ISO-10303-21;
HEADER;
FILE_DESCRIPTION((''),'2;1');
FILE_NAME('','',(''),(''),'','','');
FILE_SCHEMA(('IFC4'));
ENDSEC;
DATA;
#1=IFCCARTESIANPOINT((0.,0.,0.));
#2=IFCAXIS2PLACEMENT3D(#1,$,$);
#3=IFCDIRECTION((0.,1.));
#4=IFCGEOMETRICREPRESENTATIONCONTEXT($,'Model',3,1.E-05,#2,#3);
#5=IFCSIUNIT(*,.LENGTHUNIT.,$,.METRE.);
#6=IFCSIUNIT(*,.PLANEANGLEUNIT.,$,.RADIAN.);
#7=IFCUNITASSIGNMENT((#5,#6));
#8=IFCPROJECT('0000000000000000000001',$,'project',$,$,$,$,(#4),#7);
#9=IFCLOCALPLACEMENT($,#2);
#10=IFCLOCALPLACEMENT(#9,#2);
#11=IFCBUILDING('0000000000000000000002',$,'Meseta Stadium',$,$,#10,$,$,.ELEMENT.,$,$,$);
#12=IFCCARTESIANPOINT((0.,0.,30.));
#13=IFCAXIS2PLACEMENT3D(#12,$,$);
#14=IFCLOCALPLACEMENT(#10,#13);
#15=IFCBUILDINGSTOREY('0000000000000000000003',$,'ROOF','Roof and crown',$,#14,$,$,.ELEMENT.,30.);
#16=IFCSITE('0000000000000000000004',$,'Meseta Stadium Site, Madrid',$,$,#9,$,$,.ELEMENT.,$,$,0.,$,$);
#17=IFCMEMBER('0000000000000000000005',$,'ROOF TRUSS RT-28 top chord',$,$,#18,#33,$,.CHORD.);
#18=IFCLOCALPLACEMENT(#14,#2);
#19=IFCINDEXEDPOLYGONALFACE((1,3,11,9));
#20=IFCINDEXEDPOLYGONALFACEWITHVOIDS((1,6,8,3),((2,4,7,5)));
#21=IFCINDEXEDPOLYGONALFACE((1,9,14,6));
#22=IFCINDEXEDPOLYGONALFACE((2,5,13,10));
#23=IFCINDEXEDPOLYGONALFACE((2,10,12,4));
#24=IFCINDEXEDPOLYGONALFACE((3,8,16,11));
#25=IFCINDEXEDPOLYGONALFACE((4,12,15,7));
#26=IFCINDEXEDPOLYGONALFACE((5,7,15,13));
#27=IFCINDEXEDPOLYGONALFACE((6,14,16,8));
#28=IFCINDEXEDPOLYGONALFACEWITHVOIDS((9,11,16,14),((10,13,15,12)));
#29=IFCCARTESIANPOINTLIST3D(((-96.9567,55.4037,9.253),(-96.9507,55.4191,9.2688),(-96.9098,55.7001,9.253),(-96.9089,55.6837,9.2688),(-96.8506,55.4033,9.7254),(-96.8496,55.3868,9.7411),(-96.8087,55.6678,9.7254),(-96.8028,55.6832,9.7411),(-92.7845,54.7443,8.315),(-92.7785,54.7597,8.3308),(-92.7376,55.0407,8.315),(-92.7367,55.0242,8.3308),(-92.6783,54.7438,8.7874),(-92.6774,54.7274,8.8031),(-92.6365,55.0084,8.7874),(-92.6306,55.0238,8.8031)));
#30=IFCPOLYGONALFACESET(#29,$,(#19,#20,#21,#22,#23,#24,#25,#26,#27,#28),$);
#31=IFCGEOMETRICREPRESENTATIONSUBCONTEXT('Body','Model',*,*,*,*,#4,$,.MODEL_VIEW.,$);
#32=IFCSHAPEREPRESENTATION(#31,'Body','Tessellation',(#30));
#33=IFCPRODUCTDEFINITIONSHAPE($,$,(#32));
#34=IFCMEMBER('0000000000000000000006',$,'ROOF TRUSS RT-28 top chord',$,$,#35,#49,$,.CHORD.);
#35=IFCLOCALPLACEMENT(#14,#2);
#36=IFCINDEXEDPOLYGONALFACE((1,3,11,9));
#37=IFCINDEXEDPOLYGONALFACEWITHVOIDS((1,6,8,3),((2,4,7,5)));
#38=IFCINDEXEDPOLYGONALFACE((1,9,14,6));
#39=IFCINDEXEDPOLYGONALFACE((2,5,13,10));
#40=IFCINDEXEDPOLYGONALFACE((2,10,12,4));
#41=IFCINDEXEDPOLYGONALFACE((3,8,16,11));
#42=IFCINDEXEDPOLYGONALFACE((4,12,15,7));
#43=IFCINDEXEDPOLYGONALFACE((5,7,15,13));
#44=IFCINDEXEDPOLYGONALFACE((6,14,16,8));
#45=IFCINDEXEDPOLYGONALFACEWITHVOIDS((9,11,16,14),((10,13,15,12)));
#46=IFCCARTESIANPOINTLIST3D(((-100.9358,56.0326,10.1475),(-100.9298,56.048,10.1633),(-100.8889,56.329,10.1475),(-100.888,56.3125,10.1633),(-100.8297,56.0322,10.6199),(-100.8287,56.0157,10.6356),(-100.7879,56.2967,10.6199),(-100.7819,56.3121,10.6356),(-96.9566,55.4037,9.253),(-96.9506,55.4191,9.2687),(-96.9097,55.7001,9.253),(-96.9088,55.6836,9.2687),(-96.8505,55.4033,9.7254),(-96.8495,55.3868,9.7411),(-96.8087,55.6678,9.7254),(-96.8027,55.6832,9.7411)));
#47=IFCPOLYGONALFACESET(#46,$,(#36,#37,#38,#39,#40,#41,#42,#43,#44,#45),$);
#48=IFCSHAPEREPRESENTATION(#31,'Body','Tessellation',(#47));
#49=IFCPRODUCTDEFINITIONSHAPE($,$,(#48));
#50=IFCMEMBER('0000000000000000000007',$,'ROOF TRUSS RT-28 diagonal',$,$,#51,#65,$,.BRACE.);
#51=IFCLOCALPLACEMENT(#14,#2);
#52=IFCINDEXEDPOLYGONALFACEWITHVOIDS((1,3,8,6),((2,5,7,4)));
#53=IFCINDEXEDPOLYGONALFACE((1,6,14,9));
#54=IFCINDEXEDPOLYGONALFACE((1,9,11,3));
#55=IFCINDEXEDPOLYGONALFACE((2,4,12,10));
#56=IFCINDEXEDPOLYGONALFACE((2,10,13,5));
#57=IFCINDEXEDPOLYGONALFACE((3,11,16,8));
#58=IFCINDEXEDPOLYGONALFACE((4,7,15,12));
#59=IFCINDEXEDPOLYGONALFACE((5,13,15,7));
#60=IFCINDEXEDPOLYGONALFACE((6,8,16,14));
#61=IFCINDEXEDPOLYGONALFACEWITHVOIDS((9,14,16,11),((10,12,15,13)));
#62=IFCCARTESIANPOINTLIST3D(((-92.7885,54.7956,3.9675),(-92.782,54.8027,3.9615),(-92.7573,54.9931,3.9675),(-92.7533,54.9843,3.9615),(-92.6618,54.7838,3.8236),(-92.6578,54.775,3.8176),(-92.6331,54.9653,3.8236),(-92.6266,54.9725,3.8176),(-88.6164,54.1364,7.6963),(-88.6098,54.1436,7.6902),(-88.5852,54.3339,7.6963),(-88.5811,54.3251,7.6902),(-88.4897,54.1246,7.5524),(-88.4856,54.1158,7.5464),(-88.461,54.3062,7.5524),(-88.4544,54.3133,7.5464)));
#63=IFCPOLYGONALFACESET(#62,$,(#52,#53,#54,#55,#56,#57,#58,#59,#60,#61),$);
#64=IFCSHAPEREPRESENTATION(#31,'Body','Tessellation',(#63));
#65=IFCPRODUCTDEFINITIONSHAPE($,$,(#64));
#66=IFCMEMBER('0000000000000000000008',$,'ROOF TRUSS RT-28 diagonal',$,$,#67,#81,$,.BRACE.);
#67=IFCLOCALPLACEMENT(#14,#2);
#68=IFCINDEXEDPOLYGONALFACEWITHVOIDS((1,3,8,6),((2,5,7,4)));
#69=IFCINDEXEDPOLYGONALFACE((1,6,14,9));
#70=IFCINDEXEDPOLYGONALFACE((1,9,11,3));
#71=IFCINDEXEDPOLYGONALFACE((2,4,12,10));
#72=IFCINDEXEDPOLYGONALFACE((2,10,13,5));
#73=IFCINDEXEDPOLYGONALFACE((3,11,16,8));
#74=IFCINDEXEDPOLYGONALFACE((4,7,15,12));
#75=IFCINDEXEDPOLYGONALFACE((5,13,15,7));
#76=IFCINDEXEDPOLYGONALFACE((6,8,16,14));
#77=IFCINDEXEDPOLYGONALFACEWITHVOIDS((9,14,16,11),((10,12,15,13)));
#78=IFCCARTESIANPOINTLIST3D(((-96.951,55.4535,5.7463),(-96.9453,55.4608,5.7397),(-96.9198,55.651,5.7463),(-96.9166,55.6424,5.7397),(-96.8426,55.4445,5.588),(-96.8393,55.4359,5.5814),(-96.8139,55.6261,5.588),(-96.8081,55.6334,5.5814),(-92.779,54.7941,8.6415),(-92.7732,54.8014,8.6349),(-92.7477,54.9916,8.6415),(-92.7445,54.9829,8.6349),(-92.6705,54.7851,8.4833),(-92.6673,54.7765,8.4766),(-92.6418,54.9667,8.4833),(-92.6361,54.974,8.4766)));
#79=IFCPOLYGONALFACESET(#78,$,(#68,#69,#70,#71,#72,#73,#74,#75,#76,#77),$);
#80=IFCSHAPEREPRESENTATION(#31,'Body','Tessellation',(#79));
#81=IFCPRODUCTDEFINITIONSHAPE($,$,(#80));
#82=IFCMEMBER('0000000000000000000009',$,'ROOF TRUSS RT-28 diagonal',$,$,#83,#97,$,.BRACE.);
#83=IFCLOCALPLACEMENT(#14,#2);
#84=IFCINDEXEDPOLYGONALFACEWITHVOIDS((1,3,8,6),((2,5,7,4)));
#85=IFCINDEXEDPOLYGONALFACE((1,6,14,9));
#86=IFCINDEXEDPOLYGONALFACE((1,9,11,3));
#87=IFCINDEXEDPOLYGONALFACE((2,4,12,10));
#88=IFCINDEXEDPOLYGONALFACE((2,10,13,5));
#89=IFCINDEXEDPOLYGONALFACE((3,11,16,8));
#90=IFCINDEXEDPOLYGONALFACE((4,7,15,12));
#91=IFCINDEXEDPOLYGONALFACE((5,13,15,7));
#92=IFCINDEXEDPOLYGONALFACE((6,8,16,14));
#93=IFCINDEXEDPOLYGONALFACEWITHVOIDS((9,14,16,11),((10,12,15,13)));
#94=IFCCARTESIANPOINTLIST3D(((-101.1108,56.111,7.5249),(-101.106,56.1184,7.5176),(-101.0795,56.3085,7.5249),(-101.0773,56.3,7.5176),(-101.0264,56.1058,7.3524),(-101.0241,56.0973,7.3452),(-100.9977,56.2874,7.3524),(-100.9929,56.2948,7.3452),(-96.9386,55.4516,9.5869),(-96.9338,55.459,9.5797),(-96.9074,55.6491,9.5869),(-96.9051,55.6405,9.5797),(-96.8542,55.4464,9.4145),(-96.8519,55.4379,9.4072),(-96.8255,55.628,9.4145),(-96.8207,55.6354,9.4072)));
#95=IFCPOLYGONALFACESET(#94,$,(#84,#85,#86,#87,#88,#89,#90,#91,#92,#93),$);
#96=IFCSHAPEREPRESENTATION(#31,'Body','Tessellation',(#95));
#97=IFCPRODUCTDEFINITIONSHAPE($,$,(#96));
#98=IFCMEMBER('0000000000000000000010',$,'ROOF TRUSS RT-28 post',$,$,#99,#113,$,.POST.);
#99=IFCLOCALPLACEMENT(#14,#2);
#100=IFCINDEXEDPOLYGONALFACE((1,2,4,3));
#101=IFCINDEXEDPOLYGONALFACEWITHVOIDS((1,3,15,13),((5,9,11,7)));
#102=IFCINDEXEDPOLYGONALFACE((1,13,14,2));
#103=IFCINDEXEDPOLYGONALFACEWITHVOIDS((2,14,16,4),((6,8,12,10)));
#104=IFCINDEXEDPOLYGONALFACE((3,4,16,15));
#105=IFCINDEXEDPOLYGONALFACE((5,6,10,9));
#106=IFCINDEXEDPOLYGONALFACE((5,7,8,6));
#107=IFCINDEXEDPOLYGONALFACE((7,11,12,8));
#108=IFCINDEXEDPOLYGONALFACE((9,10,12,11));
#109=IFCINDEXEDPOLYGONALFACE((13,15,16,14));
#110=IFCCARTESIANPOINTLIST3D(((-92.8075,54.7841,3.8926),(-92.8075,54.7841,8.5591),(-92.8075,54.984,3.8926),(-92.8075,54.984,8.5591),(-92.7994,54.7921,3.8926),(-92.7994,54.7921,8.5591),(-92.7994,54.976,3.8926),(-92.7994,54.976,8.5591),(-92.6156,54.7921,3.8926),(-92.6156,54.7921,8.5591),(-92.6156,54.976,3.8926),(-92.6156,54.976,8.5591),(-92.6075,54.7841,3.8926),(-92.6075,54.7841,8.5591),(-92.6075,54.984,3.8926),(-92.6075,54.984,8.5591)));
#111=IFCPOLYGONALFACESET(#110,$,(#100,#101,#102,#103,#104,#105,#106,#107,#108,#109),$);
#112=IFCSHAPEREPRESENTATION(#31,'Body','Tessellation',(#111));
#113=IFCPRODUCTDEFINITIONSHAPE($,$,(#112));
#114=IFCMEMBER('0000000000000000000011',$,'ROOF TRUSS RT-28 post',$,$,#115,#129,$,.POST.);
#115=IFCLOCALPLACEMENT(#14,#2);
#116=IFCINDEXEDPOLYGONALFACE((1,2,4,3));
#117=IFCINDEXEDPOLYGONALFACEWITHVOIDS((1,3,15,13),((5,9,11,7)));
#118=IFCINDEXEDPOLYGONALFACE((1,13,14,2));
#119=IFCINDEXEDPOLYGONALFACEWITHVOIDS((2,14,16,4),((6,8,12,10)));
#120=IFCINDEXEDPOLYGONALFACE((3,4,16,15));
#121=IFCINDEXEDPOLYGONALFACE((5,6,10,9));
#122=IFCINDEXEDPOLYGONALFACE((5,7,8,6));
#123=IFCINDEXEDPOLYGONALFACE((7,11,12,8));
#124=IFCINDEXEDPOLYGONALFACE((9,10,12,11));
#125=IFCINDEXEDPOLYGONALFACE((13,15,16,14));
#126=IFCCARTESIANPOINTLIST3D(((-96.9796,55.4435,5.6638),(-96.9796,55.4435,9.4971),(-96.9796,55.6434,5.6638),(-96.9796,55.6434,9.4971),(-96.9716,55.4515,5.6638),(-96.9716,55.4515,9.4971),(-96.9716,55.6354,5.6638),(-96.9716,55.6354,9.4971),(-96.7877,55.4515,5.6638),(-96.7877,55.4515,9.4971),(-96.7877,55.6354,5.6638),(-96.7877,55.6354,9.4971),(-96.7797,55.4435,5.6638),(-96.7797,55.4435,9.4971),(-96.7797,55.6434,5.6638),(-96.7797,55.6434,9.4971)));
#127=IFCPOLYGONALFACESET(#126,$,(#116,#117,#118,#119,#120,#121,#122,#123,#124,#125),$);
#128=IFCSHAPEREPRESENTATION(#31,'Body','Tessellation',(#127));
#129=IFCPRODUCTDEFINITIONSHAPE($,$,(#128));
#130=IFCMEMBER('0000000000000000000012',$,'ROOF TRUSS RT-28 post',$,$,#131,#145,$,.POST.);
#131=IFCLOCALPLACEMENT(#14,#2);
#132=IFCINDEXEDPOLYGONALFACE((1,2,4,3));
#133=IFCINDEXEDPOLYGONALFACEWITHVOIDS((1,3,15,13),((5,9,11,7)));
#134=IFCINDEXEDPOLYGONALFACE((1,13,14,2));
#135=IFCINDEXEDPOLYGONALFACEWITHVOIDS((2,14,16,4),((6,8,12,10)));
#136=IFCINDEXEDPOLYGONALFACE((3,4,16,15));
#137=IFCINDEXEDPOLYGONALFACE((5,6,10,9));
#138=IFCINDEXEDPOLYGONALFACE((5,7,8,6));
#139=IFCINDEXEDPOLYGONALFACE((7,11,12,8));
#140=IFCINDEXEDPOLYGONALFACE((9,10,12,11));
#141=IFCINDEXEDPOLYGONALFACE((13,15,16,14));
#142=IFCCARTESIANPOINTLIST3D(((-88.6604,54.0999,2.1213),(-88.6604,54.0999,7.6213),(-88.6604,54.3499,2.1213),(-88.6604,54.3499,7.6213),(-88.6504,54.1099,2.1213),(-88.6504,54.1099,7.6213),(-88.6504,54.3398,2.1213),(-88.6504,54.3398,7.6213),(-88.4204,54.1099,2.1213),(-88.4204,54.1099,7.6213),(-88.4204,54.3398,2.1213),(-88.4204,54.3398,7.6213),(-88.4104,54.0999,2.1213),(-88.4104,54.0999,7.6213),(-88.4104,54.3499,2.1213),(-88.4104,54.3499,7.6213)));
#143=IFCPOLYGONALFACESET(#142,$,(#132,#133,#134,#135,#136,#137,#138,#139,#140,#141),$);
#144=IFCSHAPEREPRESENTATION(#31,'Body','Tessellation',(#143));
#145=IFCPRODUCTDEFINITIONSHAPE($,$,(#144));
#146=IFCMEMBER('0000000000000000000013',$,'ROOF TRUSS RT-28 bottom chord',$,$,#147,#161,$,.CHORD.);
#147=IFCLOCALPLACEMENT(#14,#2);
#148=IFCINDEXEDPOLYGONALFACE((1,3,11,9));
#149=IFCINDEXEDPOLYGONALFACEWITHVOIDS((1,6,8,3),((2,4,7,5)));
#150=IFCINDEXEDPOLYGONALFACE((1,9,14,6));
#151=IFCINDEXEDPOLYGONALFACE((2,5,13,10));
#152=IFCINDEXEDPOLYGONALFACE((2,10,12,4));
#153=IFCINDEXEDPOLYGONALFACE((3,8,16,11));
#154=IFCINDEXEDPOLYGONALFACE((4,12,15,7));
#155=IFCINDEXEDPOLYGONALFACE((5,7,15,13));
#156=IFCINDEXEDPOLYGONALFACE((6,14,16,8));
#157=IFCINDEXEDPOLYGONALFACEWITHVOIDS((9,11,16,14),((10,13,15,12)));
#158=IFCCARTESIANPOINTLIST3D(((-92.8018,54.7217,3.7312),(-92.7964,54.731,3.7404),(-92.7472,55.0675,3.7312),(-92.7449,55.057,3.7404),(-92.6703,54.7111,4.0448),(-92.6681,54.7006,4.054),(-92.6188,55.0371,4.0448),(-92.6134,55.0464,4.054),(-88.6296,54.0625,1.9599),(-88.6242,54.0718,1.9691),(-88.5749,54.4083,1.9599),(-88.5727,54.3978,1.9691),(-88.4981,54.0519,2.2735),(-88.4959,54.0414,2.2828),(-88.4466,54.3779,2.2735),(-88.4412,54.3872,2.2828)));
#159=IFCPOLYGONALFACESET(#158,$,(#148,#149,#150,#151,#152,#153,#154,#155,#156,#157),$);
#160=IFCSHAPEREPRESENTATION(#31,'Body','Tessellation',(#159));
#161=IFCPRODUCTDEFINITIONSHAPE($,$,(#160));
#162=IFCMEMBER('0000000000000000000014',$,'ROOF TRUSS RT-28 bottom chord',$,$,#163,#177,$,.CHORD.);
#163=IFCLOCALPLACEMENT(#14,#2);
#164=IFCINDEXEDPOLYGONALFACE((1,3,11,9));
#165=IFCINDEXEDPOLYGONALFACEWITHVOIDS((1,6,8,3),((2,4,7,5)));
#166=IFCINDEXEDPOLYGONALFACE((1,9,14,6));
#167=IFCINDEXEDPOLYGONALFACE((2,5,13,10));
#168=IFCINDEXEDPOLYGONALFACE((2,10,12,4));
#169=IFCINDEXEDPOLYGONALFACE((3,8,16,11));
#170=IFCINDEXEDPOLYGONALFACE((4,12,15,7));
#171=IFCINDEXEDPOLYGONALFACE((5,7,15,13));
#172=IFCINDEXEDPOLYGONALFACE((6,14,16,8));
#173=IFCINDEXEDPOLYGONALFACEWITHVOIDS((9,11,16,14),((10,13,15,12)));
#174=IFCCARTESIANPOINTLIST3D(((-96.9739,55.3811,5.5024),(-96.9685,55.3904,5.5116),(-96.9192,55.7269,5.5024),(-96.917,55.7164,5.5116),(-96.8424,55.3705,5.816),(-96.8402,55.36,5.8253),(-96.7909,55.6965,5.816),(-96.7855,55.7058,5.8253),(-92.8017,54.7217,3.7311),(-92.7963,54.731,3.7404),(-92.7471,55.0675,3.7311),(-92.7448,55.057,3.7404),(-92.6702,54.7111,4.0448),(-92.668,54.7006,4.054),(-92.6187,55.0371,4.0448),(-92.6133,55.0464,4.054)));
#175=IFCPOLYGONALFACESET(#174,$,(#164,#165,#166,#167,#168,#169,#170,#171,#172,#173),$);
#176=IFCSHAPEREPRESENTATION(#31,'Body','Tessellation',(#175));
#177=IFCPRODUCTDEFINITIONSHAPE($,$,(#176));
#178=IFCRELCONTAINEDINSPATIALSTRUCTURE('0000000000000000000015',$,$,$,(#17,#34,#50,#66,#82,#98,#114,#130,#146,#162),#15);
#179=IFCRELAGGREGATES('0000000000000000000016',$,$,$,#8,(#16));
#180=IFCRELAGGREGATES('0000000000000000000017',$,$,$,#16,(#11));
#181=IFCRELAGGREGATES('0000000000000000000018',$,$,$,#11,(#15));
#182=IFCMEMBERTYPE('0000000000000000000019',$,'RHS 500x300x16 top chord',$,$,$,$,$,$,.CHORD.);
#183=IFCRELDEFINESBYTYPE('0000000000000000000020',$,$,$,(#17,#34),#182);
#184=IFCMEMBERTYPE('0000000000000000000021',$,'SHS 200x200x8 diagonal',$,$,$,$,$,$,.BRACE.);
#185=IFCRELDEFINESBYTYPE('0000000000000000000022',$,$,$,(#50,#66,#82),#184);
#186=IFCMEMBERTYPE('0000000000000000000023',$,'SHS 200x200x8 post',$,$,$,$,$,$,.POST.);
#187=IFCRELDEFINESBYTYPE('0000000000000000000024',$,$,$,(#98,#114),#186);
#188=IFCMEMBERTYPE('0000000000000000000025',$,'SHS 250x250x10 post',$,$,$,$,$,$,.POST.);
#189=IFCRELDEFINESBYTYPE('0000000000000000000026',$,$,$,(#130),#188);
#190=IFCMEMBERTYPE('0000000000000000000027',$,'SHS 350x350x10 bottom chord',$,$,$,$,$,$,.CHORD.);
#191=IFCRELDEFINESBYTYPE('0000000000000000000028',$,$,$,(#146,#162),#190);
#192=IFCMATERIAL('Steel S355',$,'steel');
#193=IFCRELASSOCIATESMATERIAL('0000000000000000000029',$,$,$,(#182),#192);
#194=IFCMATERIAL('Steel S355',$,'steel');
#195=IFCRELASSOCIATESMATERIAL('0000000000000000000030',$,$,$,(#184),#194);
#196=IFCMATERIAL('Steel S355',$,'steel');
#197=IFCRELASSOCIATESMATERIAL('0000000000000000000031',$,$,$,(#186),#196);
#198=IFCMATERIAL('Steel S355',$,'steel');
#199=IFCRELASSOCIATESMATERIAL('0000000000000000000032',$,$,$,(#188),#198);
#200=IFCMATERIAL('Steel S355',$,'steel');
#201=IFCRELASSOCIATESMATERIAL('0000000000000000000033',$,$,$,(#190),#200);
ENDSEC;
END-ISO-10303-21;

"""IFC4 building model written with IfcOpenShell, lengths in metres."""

from ifc_helpers import new_model, si_unit, direction, frame, origin, origin_2d, place, context, subcontext, project, spatial, hollow_rectangle, extrude, material, material_profile, profile_set, type_object, element, save


model = new_model("IFC4")

# Units and contexts
model_context = context("Model", 3, precision=1e-05, world=origin(), true_north=direction((0.0, 1.0)))
body_context = subcontext(model_context, "Body", "Model", "MODEL_VIEW")
ifc_project = project(units=[si_unit("LENGTHUNIT", "METRE"), si_unit("PLANEANGLEUNIT", "RADIAN")], contexts=[model_context])

# Site, building, storey
site_placement = place(None, origin())
site = spatial("IfcSite", under=ifc_project, at=site_placement, Name="Meseta Stadium Site, Madrid", CompositionType="ELEMENT", RefElevation=0.0)
building_placement = place(site_placement, origin())
building = spatial("IfcBuilding", under=site, at=building_placement, Name="Meseta Stadium", CompositionType="ELEMENT")
storey_placement = place(building_placement, frame((0.0, 0.0, 30.0)))
storey = spatial("IfcBuildingStorey", under=building, at=storey_placement, Name="ROOF", Description="Roof and crown", CompositionType="ELEMENT", Elevation=30.0)

# Members
ifc_material_1 = material(Name="Steel S355", Category="steel")
ifc_material_profile_1 = material_profile(ifc_material_1, hollow_rectangle(XDim=0.3, YDim=0.5, WallThickness=0.0161, at=origin_2d()), Name="RHS 500x300x16")
ifc_profile_set_1 = profile_set([ifc_material_profile_1], Name="Steel S355")
member_type_1 = type_object("IfcMemberType", Name="RHS 500x300x16 top chord", PredefinedType="CHORD", material=ifc_profile_set_1)
member_1_placement = place(storey_placement, frame((-92.7075, 54.884, 8.5591), z_axis=(-0.964249, 0.152404, 0.216785), x_axis=(-0.156117, -0.987739, 0.0)))
element("IfcMember", 1, at=member_1_placement, inside=storey, type_object=member_type_1, Name="ROOF TRUSS RT-28 top chord", PredefinedType="CHORD", context=body_context, shape_type="SweptSolid", body=[
    extrude(hollow_rectangle(XDim=0.3, YDim=0.5, WallThickness=0.0161, at=origin_2d()), origin(), (0.0, 0.0, 1.0), 4.3269),
])
member_2_placement = place(storey_placement, frame((-96.8796, 55.5435, 9.4971), z_axis=(-0.964255, 0.152397, 0.216764), x_axis=(-0.156109, -0.98774, 0.0)))
element("IfcMember", 2, at=member_2_placement, inside=storey, type_object=member_type_1, Name="ROOF TRUSS RT-28 top chord", PredefinedType="CHORD", context=body_context, shape_type="SweptSolid", body=[
    extrude(hollow_rectangle(XDim=0.3, YDim=0.5, WallThickness=0.0161, at=origin_2d()), origin(), (0.0, 0.0, 1.0), 4.1267),
])
ifc_material_2 = material(Name="Steel S355", Category="steel")
ifc_material_profile_2 = material_profile(ifc_material_2, hollow_rectangle(XDim=0.2, YDim=0.2, WallThickness=0.0081, at=origin_2d()), Name="SHS 200x200x8")
ifc_profile_set_2 = profile_set([ifc_material_profile_2], Name="Steel S355")
member_type_2 = type_object("IfcMemberType", Name="SHS 200x200x8 diagonal", PredefinedType="BRACE", material=ifc_profile_set_2)
member_3_placement = place(storey_placement, frame((-88.5354, 54.2249, 7.6213), z_axis=(-0.740493, 0.116995, -0.661803), x_axis=(-0.156061, -0.987747, 0.0)))
element("IfcMember", 3, at=member_3_placement, inside=storey, type_object=member_type_2, Name="ROOF TRUSS RT-28 diagonal", PredefinedType="BRACE", context=body_context, shape_type="SweptSolid", body=[
    extrude(hollow_rectangle(XDim=0.2, YDim=0.2, WallThickness=0.0081, at=origin_2d()), origin(), (0.0, 0.0, 1.0), 5.6343),
])
member_4_placement = place(storey_placement, frame((-92.7075, 54.884, 8.5591), z_axis=(-0.814718, 0.12877, -0.565378), x_axis=(-0.156117, -0.987739, 0.0)))
element("IfcMember", 4, at=member_4_placement, inside=storey, type_object=member_type_2, Name="ROOF TRUSS RT-28 diagonal", PredefinedType="BRACE", context=body_context, shape_type="SweptSolid", body=[
    extrude(hollow_rectangle(XDim=0.2, YDim=0.2, WallThickness=0.0081, at=origin_2d()), origin(), (0.0, 0.0, 1.0), 5.1208),
])
member_5_placement = place(storey_placement, frame((-96.8796, 55.5435, 9.4971), z_axis=(-0.887618, 0.140292, -0.438693), x_axis=(-0.156117, -0.987739, 0.0)))
element("IfcMember", 5, at=member_5_placement, inside=storey, type_object=member_type_2, Name="ROOF TRUSS RT-28 diagonal", PredefinedType="BRACE", context=body_context, shape_type="SweptSolid", body=[
    extrude(hollow_rectangle(XDim=0.2, YDim=0.2, WallThickness=0.0081, at=origin_2d()), origin(), (0.0, 0.0, 1.0), 4.7004),
])
ifc_material_3 = material(Name="Steel S355", Category="steel")
ifc_material_profile_3 = material_profile(ifc_material_3, hollow_rectangle(XDim=0.2, YDim=0.2, WallThickness=0.0081, at=origin_2d()), Name="SHS 200x200x8")
ifc_profile_set_3 = profile_set([ifc_material_profile_3], Name="Steel S355")
member_type_3 = type_object("IfcMemberType", Name="SHS 200x200x8 post", PredefinedType="POST", material=ifc_profile_set_3)
member_6_placement = place(storey_placement, frame((-92.7075, 54.884, 3.8926), z_axis=(0.0, 0.0, 1.0), x_axis=(1.0, 0.0, 0.0)))
element("IfcMember", 6, at=member_6_placement, inside=storey, type_object=member_type_3, Name="ROOF TRUSS RT-28 post", PredefinedType="POST", context=body_context, shape_type="SweptSolid", body=[
    extrude(hollow_rectangle(XDim=0.2, YDim=0.2, WallThickness=0.0081, at=origin_2d()), origin(), (0.0, 0.0, 1.0), 4.6665),
])
member_7_placement = place(storey_placement, frame((-96.8796, 55.5435, 5.6638), z_axis=(0.0, 0.0, 1.0), x_axis=(1.0, 0.0, 0.0)))
element("IfcMember", 7, at=member_7_placement, inside=storey, type_object=member_type_3, Name="ROOF TRUSS RT-28 post", PredefinedType="POST", context=body_context, shape_type="SweptSolid", body=[
    extrude(hollow_rectangle(XDim=0.2, YDim=0.2, WallThickness=0.0081, at=origin_2d()), origin(), (0.0, 0.0, 1.0), 3.8333),
])
ifc_material_4 = material(Name="Steel S355", Category="steel")
ifc_material_profile_4 = material_profile(ifc_material_4, hollow_rectangle(XDim=0.25, YDim=0.25, WallThickness=0.01, at=origin_2d()), Name="SHS 250x250x10")
ifc_profile_set_4 = profile_set([ifc_material_profile_4], Name="Steel S355")
member_type_4 = type_object("IfcMemberType", Name="SHS 250x250x10 post", PredefinedType="POST", material=ifc_profile_set_4)
member_8_placement = place(storey_placement, frame((-88.5354, 54.2249, 2.1213), z_axis=(0.0, 0.0, 1.0), x_axis=(1.0, 0.0, 0.0)))
element("IfcMember", 8, at=member_8_placement, inside=storey, type_object=member_type_4, Name="ROOF TRUSS RT-28 post", PredefinedType="POST", context=body_context, shape_type="SweptSolid", body=[
    extrude(hollow_rectangle(XDim=0.25, YDim=0.25, WallThickness=0.01, at=origin_2d()), origin(), (0.0, 0.0, 1.0), 5.5),
])
ifc_material_5 = material(Name="Steel S355", Category="steel")
ifc_material_profile_5 = material_profile(ifc_material_5, hollow_rectangle(XDim=0.3501, YDim=0.3501, WallThickness=0.01, at=origin_2d()), Name="SHS 350x350x10")
ifc_profile_set_5 = profile_set([ifc_material_profile_5], Name="Steel S355")
member_type_5 = type_object("IfcMemberType", Name="SHS 350x350x10 bottom chord", PredefinedType="CHORD", material=ifc_profile_set_5)
for number, where, z_axis, x_axis, name in (
    (9, (-88.5354, 54.2249, 2.1213), (-0.9109, 0.143919, 0.386715), (-0.156061, -0.987747, 0.0), "ROOF TRUSS RT-28 bottom chord"),
    (10, (-92.7075, 54.884, 3.8926), (-0.910893, 0.143971, 0.386712), (-0.156117, -0.987739, 0.0), "ROOF TRUSS RT-28 bottom chord"),
):
    element("IfcMember", number, at=place(storey_placement, frame(where, z_axis=z_axis, x_axis=x_axis)), inside=storey, type_object=member_type_5, Name=name, PredefinedType="CHORD", context=body_context, shape_type="SweptSolid", body=[
        extrude(hollow_rectangle(XDim=0.3501, YDim=0.3501, WallThickness=0.01, at=origin_2d()), origin(), (0.0, 0.0, 1.0), 4.5803),
    ])

save(model, "model.ifc")
